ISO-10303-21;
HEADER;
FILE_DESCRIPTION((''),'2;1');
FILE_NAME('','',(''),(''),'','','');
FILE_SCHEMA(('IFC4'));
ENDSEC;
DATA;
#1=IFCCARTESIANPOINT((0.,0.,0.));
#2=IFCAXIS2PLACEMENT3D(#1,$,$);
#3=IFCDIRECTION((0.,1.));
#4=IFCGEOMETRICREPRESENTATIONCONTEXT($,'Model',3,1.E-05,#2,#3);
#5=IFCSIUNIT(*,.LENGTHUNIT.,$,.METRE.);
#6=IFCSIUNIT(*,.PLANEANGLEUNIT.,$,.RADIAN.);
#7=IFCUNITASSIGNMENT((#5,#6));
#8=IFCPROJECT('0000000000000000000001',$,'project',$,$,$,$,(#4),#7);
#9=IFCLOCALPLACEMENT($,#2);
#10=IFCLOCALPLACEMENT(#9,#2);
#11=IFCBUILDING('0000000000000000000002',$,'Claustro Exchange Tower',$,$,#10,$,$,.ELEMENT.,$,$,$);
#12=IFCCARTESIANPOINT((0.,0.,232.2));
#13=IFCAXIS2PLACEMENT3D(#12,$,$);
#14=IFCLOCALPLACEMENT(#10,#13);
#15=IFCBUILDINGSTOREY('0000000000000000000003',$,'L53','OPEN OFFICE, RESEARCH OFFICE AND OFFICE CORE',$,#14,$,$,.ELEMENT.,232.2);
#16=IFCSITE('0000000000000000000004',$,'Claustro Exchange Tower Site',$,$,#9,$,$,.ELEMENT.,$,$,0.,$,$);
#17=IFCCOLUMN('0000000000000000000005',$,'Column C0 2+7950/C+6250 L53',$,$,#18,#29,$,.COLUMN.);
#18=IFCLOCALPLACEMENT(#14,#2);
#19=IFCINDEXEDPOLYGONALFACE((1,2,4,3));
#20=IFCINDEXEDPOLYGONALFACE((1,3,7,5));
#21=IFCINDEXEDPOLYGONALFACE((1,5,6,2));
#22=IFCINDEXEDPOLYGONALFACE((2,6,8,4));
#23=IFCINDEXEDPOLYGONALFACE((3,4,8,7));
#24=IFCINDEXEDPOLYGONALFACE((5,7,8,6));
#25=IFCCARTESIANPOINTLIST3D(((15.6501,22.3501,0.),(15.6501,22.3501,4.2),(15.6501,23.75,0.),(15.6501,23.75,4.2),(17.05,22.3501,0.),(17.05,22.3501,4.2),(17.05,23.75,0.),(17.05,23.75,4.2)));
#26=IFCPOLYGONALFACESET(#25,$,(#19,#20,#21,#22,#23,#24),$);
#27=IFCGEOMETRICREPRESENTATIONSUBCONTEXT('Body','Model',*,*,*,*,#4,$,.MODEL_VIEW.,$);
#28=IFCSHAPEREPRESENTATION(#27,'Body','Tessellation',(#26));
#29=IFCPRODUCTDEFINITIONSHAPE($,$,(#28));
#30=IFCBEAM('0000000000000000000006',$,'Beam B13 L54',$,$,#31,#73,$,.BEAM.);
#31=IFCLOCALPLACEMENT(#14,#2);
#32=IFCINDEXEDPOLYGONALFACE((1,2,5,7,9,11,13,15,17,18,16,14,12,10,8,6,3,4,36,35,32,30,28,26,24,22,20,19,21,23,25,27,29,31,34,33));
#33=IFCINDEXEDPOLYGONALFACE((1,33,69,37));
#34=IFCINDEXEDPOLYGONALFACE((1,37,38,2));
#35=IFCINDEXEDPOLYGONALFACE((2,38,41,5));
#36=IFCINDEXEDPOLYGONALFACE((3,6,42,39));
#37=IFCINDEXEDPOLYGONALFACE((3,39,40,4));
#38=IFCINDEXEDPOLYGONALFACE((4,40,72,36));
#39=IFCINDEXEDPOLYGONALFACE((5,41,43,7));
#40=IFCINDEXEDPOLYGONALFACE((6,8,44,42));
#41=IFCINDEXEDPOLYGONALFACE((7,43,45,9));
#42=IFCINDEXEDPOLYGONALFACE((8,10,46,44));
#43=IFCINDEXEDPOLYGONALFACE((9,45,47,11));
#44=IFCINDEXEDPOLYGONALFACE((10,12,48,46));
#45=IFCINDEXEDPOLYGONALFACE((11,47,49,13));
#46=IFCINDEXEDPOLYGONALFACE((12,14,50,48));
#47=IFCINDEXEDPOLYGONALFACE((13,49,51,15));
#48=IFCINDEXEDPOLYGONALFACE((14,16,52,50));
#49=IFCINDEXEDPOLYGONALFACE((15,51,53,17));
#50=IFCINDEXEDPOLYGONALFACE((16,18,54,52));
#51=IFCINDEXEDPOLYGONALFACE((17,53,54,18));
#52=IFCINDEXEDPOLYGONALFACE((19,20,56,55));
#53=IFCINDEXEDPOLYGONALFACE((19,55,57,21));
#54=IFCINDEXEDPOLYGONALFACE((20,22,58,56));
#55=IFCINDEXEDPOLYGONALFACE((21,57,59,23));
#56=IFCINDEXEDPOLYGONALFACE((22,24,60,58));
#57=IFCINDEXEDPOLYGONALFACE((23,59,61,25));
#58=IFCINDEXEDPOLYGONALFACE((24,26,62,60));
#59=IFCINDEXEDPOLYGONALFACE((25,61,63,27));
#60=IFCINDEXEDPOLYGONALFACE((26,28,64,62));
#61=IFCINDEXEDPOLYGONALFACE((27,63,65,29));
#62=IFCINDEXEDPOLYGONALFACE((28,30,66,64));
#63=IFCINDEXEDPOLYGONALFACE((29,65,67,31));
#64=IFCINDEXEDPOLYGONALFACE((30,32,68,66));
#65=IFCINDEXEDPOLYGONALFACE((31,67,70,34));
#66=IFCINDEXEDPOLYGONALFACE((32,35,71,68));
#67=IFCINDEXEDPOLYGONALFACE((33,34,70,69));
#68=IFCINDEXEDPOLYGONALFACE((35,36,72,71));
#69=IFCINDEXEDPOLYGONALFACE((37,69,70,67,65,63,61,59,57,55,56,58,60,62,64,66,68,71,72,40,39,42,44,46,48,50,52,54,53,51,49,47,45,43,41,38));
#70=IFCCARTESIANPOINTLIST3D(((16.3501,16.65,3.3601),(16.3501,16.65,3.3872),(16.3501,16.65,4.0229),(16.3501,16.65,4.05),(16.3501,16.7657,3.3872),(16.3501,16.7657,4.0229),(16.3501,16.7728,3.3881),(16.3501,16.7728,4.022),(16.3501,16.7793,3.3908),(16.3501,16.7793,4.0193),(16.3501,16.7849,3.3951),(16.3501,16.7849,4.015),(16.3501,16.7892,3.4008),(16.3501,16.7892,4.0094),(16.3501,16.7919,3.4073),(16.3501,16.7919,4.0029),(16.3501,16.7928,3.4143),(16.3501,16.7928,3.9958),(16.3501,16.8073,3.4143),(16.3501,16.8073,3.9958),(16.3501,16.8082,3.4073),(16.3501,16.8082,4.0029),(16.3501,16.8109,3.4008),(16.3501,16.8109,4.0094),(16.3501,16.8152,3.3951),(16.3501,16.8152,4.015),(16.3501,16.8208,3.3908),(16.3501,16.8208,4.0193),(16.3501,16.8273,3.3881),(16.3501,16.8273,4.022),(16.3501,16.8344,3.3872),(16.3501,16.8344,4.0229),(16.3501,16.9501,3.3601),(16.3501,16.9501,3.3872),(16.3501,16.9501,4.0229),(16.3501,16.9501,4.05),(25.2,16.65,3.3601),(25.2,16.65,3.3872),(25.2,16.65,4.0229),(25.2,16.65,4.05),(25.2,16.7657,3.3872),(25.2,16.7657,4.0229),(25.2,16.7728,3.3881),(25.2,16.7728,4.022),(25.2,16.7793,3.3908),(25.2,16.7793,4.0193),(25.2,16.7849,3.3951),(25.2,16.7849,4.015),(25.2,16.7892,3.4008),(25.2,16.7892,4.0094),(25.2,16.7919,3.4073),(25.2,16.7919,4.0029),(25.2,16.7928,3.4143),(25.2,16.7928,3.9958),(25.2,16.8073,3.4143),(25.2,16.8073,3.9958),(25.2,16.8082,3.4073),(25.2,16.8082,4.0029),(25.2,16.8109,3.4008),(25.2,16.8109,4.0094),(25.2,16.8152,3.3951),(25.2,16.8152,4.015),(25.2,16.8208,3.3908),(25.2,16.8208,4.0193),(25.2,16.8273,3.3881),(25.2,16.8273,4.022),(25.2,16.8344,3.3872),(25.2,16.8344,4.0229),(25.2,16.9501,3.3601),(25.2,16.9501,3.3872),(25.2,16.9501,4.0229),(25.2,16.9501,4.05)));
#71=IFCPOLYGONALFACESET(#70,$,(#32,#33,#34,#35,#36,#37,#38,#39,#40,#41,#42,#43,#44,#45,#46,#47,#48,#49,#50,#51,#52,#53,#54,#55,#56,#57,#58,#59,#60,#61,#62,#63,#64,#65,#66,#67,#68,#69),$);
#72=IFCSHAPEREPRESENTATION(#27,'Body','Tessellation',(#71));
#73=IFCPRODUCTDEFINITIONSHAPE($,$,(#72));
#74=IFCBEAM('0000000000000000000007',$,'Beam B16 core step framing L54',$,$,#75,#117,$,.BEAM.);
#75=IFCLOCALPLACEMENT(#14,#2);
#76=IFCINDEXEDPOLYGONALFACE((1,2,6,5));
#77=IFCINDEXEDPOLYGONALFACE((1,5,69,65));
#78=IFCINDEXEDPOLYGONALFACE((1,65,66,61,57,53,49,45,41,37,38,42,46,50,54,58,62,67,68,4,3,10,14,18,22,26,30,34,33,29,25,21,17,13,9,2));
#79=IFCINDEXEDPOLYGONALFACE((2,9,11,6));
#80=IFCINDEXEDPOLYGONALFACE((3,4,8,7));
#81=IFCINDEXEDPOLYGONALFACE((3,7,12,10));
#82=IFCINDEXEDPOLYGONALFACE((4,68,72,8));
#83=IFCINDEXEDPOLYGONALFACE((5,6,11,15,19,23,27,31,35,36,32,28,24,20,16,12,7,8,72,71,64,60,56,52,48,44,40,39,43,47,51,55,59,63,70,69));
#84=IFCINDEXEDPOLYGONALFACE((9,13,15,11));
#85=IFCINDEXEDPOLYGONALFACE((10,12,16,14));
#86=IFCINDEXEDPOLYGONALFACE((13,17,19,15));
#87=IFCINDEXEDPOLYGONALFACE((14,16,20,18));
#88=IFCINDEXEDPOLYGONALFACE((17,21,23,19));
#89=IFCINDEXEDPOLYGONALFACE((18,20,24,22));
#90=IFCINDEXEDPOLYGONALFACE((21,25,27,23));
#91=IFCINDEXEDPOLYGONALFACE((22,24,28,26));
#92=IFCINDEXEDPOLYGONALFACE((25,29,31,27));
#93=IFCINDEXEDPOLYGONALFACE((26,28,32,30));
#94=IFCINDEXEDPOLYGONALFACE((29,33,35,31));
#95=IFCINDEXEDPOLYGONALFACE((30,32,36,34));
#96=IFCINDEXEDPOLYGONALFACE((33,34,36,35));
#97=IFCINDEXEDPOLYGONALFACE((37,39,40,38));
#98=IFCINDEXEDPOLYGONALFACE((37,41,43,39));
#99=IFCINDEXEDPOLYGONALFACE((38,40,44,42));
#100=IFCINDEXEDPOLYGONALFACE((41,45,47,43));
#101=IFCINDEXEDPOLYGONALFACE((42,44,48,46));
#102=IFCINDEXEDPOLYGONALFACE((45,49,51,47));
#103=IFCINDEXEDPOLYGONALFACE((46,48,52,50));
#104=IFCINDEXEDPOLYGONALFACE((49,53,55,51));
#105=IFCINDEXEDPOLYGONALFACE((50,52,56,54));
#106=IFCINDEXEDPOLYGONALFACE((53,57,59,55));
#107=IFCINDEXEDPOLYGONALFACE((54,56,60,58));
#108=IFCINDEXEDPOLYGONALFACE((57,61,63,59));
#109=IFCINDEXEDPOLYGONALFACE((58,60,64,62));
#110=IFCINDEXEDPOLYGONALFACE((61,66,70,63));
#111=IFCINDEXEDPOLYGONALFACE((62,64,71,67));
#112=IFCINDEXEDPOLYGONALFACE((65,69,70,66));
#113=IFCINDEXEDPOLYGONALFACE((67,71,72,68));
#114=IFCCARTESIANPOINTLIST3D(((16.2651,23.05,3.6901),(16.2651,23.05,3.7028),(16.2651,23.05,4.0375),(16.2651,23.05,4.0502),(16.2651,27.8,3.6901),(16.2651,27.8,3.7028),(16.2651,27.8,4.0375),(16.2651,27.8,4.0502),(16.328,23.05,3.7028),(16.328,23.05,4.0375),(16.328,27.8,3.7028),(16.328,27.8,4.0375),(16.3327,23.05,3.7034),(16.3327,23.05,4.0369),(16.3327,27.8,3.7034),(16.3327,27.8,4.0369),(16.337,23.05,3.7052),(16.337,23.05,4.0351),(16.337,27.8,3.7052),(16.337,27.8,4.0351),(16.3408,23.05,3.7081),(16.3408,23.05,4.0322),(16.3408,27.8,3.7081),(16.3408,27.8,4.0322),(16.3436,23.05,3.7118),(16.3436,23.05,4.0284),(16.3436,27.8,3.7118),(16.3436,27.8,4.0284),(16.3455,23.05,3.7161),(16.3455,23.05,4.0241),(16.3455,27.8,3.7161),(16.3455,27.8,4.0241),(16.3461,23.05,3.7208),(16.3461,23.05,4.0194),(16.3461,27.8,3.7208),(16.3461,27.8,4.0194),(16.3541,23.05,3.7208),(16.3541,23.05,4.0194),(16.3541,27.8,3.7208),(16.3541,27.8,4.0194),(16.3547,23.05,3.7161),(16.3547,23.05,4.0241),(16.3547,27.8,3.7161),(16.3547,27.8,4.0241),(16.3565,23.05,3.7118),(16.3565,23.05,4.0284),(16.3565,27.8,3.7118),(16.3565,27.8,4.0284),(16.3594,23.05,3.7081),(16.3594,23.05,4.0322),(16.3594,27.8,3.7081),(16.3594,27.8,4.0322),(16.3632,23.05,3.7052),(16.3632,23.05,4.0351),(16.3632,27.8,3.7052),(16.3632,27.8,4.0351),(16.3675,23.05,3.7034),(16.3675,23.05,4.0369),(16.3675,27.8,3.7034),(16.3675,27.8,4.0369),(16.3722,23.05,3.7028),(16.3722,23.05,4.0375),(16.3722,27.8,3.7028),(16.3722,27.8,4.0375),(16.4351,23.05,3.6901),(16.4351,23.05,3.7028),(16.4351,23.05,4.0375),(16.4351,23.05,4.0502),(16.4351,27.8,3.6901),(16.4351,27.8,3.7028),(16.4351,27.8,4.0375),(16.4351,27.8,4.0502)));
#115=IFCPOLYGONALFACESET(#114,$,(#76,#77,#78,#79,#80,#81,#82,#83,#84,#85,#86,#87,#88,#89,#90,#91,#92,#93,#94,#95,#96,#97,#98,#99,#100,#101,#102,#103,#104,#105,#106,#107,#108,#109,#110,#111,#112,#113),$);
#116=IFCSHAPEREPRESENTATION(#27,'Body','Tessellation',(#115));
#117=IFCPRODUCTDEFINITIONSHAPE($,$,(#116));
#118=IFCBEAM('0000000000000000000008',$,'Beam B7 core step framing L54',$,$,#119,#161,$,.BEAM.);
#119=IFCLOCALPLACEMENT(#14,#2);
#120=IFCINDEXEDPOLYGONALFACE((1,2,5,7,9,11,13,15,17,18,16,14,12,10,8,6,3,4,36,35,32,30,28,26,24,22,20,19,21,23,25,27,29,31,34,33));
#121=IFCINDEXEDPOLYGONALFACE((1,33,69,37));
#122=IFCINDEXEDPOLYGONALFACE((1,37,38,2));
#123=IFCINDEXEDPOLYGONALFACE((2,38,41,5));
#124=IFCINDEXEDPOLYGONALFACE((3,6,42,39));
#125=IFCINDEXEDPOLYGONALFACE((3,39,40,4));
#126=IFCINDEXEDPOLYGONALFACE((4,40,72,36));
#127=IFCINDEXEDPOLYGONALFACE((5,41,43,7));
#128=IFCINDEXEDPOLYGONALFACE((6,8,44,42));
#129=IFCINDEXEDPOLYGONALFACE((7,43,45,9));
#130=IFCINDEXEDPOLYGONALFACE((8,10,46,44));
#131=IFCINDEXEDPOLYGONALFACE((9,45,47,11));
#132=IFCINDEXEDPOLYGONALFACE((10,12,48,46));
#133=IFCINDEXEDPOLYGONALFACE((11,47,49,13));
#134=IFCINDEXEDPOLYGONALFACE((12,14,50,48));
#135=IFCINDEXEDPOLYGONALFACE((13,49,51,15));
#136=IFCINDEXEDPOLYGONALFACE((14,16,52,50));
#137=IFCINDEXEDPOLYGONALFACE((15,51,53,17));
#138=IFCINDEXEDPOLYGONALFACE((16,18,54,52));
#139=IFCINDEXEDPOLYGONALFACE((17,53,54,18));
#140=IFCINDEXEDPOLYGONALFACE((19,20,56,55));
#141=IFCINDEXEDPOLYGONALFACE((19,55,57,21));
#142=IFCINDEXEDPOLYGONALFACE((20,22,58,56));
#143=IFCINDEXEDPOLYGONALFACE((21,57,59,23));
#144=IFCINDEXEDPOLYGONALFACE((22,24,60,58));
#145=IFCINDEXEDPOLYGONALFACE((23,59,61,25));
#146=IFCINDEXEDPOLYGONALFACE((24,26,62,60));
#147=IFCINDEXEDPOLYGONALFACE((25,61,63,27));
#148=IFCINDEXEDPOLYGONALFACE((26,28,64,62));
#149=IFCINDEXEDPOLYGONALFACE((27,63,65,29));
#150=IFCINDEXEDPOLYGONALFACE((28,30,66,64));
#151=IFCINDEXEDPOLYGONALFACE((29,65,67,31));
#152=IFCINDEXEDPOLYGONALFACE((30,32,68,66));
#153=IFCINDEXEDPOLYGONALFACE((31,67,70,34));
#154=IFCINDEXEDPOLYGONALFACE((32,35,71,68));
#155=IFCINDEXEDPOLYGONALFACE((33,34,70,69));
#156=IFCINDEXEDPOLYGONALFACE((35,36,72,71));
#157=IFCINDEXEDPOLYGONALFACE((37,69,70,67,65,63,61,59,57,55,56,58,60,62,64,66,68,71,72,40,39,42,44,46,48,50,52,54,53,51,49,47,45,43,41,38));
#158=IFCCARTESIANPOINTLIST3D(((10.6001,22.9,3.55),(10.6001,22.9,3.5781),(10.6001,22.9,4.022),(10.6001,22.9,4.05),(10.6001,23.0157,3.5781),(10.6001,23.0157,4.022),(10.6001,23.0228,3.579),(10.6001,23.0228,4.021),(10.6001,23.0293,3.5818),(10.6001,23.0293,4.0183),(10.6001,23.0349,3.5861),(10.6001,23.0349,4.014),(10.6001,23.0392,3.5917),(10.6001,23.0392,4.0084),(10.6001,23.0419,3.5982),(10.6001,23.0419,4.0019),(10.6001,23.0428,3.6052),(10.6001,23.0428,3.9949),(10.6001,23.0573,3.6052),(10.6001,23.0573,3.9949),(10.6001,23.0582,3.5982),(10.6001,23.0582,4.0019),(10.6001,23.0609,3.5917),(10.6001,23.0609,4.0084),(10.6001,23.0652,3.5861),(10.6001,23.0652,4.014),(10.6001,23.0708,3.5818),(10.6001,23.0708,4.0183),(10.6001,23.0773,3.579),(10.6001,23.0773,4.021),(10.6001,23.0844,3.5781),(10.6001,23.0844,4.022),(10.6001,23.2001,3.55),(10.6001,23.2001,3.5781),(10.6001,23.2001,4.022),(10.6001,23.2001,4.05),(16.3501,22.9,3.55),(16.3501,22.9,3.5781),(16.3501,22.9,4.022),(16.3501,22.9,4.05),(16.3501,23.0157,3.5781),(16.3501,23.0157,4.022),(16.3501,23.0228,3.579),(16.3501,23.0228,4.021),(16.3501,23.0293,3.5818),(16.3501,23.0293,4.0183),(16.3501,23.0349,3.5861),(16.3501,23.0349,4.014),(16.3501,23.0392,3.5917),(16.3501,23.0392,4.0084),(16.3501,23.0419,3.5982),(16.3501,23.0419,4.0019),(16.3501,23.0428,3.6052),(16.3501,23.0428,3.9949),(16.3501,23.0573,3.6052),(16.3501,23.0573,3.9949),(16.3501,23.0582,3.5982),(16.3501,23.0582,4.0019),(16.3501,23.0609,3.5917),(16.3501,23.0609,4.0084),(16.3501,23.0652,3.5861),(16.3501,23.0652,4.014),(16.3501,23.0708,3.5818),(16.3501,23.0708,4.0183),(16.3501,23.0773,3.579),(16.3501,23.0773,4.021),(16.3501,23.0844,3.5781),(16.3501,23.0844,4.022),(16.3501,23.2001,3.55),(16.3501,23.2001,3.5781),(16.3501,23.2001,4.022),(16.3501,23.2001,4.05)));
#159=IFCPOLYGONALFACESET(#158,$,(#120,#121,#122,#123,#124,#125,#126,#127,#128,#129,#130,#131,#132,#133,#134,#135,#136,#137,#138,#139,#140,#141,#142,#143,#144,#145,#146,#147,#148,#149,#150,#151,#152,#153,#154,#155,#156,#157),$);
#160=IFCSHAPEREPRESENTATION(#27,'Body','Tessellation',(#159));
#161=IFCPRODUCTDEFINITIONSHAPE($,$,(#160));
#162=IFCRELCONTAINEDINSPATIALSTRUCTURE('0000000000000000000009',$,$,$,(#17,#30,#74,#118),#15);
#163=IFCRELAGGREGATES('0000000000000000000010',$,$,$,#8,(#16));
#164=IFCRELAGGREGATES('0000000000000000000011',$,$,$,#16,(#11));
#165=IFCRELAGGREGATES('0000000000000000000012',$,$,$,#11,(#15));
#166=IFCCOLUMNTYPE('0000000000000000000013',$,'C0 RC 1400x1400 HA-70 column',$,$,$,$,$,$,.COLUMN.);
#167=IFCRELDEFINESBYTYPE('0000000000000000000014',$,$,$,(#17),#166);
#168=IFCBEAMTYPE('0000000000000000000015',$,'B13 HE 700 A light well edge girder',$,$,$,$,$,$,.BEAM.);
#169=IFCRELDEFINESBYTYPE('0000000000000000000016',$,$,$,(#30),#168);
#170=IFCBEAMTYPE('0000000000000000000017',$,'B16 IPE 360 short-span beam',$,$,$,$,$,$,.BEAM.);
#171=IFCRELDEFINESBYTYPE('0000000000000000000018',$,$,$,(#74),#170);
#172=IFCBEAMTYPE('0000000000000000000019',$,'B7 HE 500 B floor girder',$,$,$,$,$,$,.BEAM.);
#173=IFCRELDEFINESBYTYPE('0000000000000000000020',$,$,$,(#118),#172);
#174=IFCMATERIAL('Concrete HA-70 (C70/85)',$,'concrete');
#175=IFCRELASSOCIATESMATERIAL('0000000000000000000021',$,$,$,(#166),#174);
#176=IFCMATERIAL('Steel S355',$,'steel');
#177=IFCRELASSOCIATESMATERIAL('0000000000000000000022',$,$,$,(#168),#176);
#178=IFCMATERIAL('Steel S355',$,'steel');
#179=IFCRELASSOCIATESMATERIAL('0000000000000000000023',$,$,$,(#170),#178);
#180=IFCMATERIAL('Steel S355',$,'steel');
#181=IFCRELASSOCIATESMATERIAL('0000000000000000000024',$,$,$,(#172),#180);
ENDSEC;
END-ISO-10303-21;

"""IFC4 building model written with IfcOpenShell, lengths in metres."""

from ifc_helpers import new_model, si_unit, direction, frame, origin, origin_2d, place, context, subcontext, project, spatial, rectangle, i_section, extrude, material, material_profile, profile_set, type_object, element, save


model = new_model("IFC4")

# Units and contexts
model_context = context("Model", 3, precision=1e-05, world=origin(), true_north=direction((0.0, 1.0)))
body_context = subcontext(model_context, "Body", "Model", "MODEL_VIEW")
ifc_project = project(units=[si_unit("LENGTHUNIT", "METRE"), si_unit("PLANEANGLEUNIT", "RADIAN")], contexts=[model_context])

# Site, building, storey
site_placement = place(None, origin())
site = spatial("IfcSite", under=ifc_project, at=site_placement, Name="Claustro Exchange Tower Site", CompositionType="ELEMENT", RefElevation=0.0)
building_placement = place(site_placement, origin())
building = spatial("IfcBuilding", under=site, at=building_placement, Name="Claustro Exchange Tower", CompositionType="ELEMENT")
storey_placement = place(building_placement, frame((0.0, 0.0, 232.2)))
storey = spatial("IfcBuildingStorey", under=building, at=storey_placement, Name="L53", Description="OPEN OFFICE, RESEARCH OFFICE AND OFFICE CORE", CompositionType="ELEMENT", Elevation=232.2)

# Column
ifc_material_1 = material(Name="Concrete HA-70 (C70/85)", Category="concrete")
ifc_material_profile_1 = material_profile(ifc_material_1, rectangle(XDim=1.3999, YDim=1.3999, at=origin_2d()), Name="RC 1400x1400")
ifc_profile_set_1 = profile_set([ifc_material_profile_1], Name="Concrete HA-70 (C70/85)")
column_type = type_object("IfcColumnType", Name="C0 RC 1400x1400 HA-70 column", PredefinedType="COLUMN", material=ifc_profile_set_1)
column_placement = place(storey_placement, frame((16.3501, 23.05, 0.0), z_axis=(0.0, 0.0, 1.0), x_axis=(1.0, 0.0, 0.0)))
element("IfcColumn", 1, at=column_placement, inside=storey, type_object=column_type, Name="Column C0 2+7950/C+6250 L53", PredefinedType="COLUMN", context=body_context, shape_type="SweptSolid", body=[
    extrude(rectangle(XDim=1.3999, YDim=1.3999, at=origin_2d()), origin(), (0.0, 0.0, 1.0), 4.2),
])

# Beams
ifc_material_2 = material(Name="Steel S355", Category="steel")
ifc_material_profile_2 = material_profile(ifc_material_2, i_section(OverallWidth=0.3, OverallDepth=0.6899, WebThickness=0.0144, FlangeThickness=0.0271, FilletRadius=0.0271, at=origin_2d()), Name="HE 700 A")
ifc_profile_set_2 = profile_set([ifc_material_profile_2], Name="Steel S355")
beam_type_1 = type_object("IfcBeamType", Name="B13 HE 700 A light well edge girder", PredefinedType="BEAM", material=ifc_profile_set_2)
beam_1_placement = place(storey_placement, frame((16.3501, 16.8, 3.7051), z_axis=(1.0, 0.0, 0.0), x_axis=(0.0, 1.0, 0.0)))
element("IfcBeam", 2, at=beam_1_placement, inside=storey, type_object=beam_type_1, Name="Beam B13 L54", PredefinedType="BEAM", context=body_context, shape_type="SweptSolid", body=[
    extrude(i_section(OverallWidth=0.3, OverallDepth=0.6899, WebThickness=0.0144, FlangeThickness=0.0271, FilletRadius=0.0271, at=origin_2d()), origin(), (0.0, 0.0, 1.0), 8.8499),
])
ifc_material_3 = material(Name="Steel S355", Category="steel")
ifc_material_profile_3 = material_profile(ifc_material_3, i_section(OverallWidth=0.1699, OverallDepth=0.3601, WebThickness=0.0081, FlangeThickness=0.0127, FilletRadius=0.0181, at=origin_2d()), Name="IPE 360")
ifc_profile_set_3 = profile_set([ifc_material_profile_3], Name="Steel S355")
beam_type_2 = type_object("IfcBeamType", Name="B16 IPE 360 short-span beam", PredefinedType="BEAM", material=ifc_profile_set_3)
beam_2_placement = place(storey_placement, frame((16.3501, 23.05, 3.8701), z_axis=(0.0, 1.0, 0.0), x_axis=(-1.0, 0.0, 0.0)))
element("IfcBeam", 3, at=beam_2_placement, inside=storey, type_object=beam_type_2, Name="Beam B16 core step framing L54", PredefinedType="BEAM", context=body_context, shape_type="SweptSolid", body=[
    extrude(i_section(OverallWidth=0.1699, OverallDepth=0.3601, WebThickness=0.0081, FlangeThickness=0.0127, FilletRadius=0.0181, at=origin_2d()), origin(), (0.0, 0.0, 1.0), 4.75),
])
ifc_material_4 = material(Name="Steel S355", Category="steel")
ifc_material_profile_4 = material_profile(ifc_material_4, i_section(OverallWidth=0.3, OverallDepth=0.5, WebThickness=0.0144, FlangeThickness=0.0281, FilletRadius=0.0271, at=origin_2d()), Name="HE 500 B")
ifc_profile_set_4 = profile_set([ifc_material_profile_4], Name="Steel S355")
beam_type_3 = type_object("IfcBeamType", Name="B7 HE 500 B floor girder", PredefinedType="BEAM", material=ifc_profile_set_4)
beam_3_placement = place(storey_placement, frame((10.6001, 23.05, 3.8), z_axis=(1.0, 0.0, 0.0), x_axis=(0.0, 1.0, 0.0)))
element("IfcBeam", 4, at=beam_3_placement, inside=storey, type_object=beam_type_3, Name="Beam B7 core step framing L54", PredefinedType="BEAM", context=body_context, shape_type="SweptSolid", body=[
    extrude(i_section(OverallWidth=0.3, OverallDepth=0.5, WebThickness=0.0144, FlangeThickness=0.0281, FilletRadius=0.0271, at=origin_2d()), origin(), (0.0, 0.0, 1.0), 5.75),
])

save(model, "model.ifc")
